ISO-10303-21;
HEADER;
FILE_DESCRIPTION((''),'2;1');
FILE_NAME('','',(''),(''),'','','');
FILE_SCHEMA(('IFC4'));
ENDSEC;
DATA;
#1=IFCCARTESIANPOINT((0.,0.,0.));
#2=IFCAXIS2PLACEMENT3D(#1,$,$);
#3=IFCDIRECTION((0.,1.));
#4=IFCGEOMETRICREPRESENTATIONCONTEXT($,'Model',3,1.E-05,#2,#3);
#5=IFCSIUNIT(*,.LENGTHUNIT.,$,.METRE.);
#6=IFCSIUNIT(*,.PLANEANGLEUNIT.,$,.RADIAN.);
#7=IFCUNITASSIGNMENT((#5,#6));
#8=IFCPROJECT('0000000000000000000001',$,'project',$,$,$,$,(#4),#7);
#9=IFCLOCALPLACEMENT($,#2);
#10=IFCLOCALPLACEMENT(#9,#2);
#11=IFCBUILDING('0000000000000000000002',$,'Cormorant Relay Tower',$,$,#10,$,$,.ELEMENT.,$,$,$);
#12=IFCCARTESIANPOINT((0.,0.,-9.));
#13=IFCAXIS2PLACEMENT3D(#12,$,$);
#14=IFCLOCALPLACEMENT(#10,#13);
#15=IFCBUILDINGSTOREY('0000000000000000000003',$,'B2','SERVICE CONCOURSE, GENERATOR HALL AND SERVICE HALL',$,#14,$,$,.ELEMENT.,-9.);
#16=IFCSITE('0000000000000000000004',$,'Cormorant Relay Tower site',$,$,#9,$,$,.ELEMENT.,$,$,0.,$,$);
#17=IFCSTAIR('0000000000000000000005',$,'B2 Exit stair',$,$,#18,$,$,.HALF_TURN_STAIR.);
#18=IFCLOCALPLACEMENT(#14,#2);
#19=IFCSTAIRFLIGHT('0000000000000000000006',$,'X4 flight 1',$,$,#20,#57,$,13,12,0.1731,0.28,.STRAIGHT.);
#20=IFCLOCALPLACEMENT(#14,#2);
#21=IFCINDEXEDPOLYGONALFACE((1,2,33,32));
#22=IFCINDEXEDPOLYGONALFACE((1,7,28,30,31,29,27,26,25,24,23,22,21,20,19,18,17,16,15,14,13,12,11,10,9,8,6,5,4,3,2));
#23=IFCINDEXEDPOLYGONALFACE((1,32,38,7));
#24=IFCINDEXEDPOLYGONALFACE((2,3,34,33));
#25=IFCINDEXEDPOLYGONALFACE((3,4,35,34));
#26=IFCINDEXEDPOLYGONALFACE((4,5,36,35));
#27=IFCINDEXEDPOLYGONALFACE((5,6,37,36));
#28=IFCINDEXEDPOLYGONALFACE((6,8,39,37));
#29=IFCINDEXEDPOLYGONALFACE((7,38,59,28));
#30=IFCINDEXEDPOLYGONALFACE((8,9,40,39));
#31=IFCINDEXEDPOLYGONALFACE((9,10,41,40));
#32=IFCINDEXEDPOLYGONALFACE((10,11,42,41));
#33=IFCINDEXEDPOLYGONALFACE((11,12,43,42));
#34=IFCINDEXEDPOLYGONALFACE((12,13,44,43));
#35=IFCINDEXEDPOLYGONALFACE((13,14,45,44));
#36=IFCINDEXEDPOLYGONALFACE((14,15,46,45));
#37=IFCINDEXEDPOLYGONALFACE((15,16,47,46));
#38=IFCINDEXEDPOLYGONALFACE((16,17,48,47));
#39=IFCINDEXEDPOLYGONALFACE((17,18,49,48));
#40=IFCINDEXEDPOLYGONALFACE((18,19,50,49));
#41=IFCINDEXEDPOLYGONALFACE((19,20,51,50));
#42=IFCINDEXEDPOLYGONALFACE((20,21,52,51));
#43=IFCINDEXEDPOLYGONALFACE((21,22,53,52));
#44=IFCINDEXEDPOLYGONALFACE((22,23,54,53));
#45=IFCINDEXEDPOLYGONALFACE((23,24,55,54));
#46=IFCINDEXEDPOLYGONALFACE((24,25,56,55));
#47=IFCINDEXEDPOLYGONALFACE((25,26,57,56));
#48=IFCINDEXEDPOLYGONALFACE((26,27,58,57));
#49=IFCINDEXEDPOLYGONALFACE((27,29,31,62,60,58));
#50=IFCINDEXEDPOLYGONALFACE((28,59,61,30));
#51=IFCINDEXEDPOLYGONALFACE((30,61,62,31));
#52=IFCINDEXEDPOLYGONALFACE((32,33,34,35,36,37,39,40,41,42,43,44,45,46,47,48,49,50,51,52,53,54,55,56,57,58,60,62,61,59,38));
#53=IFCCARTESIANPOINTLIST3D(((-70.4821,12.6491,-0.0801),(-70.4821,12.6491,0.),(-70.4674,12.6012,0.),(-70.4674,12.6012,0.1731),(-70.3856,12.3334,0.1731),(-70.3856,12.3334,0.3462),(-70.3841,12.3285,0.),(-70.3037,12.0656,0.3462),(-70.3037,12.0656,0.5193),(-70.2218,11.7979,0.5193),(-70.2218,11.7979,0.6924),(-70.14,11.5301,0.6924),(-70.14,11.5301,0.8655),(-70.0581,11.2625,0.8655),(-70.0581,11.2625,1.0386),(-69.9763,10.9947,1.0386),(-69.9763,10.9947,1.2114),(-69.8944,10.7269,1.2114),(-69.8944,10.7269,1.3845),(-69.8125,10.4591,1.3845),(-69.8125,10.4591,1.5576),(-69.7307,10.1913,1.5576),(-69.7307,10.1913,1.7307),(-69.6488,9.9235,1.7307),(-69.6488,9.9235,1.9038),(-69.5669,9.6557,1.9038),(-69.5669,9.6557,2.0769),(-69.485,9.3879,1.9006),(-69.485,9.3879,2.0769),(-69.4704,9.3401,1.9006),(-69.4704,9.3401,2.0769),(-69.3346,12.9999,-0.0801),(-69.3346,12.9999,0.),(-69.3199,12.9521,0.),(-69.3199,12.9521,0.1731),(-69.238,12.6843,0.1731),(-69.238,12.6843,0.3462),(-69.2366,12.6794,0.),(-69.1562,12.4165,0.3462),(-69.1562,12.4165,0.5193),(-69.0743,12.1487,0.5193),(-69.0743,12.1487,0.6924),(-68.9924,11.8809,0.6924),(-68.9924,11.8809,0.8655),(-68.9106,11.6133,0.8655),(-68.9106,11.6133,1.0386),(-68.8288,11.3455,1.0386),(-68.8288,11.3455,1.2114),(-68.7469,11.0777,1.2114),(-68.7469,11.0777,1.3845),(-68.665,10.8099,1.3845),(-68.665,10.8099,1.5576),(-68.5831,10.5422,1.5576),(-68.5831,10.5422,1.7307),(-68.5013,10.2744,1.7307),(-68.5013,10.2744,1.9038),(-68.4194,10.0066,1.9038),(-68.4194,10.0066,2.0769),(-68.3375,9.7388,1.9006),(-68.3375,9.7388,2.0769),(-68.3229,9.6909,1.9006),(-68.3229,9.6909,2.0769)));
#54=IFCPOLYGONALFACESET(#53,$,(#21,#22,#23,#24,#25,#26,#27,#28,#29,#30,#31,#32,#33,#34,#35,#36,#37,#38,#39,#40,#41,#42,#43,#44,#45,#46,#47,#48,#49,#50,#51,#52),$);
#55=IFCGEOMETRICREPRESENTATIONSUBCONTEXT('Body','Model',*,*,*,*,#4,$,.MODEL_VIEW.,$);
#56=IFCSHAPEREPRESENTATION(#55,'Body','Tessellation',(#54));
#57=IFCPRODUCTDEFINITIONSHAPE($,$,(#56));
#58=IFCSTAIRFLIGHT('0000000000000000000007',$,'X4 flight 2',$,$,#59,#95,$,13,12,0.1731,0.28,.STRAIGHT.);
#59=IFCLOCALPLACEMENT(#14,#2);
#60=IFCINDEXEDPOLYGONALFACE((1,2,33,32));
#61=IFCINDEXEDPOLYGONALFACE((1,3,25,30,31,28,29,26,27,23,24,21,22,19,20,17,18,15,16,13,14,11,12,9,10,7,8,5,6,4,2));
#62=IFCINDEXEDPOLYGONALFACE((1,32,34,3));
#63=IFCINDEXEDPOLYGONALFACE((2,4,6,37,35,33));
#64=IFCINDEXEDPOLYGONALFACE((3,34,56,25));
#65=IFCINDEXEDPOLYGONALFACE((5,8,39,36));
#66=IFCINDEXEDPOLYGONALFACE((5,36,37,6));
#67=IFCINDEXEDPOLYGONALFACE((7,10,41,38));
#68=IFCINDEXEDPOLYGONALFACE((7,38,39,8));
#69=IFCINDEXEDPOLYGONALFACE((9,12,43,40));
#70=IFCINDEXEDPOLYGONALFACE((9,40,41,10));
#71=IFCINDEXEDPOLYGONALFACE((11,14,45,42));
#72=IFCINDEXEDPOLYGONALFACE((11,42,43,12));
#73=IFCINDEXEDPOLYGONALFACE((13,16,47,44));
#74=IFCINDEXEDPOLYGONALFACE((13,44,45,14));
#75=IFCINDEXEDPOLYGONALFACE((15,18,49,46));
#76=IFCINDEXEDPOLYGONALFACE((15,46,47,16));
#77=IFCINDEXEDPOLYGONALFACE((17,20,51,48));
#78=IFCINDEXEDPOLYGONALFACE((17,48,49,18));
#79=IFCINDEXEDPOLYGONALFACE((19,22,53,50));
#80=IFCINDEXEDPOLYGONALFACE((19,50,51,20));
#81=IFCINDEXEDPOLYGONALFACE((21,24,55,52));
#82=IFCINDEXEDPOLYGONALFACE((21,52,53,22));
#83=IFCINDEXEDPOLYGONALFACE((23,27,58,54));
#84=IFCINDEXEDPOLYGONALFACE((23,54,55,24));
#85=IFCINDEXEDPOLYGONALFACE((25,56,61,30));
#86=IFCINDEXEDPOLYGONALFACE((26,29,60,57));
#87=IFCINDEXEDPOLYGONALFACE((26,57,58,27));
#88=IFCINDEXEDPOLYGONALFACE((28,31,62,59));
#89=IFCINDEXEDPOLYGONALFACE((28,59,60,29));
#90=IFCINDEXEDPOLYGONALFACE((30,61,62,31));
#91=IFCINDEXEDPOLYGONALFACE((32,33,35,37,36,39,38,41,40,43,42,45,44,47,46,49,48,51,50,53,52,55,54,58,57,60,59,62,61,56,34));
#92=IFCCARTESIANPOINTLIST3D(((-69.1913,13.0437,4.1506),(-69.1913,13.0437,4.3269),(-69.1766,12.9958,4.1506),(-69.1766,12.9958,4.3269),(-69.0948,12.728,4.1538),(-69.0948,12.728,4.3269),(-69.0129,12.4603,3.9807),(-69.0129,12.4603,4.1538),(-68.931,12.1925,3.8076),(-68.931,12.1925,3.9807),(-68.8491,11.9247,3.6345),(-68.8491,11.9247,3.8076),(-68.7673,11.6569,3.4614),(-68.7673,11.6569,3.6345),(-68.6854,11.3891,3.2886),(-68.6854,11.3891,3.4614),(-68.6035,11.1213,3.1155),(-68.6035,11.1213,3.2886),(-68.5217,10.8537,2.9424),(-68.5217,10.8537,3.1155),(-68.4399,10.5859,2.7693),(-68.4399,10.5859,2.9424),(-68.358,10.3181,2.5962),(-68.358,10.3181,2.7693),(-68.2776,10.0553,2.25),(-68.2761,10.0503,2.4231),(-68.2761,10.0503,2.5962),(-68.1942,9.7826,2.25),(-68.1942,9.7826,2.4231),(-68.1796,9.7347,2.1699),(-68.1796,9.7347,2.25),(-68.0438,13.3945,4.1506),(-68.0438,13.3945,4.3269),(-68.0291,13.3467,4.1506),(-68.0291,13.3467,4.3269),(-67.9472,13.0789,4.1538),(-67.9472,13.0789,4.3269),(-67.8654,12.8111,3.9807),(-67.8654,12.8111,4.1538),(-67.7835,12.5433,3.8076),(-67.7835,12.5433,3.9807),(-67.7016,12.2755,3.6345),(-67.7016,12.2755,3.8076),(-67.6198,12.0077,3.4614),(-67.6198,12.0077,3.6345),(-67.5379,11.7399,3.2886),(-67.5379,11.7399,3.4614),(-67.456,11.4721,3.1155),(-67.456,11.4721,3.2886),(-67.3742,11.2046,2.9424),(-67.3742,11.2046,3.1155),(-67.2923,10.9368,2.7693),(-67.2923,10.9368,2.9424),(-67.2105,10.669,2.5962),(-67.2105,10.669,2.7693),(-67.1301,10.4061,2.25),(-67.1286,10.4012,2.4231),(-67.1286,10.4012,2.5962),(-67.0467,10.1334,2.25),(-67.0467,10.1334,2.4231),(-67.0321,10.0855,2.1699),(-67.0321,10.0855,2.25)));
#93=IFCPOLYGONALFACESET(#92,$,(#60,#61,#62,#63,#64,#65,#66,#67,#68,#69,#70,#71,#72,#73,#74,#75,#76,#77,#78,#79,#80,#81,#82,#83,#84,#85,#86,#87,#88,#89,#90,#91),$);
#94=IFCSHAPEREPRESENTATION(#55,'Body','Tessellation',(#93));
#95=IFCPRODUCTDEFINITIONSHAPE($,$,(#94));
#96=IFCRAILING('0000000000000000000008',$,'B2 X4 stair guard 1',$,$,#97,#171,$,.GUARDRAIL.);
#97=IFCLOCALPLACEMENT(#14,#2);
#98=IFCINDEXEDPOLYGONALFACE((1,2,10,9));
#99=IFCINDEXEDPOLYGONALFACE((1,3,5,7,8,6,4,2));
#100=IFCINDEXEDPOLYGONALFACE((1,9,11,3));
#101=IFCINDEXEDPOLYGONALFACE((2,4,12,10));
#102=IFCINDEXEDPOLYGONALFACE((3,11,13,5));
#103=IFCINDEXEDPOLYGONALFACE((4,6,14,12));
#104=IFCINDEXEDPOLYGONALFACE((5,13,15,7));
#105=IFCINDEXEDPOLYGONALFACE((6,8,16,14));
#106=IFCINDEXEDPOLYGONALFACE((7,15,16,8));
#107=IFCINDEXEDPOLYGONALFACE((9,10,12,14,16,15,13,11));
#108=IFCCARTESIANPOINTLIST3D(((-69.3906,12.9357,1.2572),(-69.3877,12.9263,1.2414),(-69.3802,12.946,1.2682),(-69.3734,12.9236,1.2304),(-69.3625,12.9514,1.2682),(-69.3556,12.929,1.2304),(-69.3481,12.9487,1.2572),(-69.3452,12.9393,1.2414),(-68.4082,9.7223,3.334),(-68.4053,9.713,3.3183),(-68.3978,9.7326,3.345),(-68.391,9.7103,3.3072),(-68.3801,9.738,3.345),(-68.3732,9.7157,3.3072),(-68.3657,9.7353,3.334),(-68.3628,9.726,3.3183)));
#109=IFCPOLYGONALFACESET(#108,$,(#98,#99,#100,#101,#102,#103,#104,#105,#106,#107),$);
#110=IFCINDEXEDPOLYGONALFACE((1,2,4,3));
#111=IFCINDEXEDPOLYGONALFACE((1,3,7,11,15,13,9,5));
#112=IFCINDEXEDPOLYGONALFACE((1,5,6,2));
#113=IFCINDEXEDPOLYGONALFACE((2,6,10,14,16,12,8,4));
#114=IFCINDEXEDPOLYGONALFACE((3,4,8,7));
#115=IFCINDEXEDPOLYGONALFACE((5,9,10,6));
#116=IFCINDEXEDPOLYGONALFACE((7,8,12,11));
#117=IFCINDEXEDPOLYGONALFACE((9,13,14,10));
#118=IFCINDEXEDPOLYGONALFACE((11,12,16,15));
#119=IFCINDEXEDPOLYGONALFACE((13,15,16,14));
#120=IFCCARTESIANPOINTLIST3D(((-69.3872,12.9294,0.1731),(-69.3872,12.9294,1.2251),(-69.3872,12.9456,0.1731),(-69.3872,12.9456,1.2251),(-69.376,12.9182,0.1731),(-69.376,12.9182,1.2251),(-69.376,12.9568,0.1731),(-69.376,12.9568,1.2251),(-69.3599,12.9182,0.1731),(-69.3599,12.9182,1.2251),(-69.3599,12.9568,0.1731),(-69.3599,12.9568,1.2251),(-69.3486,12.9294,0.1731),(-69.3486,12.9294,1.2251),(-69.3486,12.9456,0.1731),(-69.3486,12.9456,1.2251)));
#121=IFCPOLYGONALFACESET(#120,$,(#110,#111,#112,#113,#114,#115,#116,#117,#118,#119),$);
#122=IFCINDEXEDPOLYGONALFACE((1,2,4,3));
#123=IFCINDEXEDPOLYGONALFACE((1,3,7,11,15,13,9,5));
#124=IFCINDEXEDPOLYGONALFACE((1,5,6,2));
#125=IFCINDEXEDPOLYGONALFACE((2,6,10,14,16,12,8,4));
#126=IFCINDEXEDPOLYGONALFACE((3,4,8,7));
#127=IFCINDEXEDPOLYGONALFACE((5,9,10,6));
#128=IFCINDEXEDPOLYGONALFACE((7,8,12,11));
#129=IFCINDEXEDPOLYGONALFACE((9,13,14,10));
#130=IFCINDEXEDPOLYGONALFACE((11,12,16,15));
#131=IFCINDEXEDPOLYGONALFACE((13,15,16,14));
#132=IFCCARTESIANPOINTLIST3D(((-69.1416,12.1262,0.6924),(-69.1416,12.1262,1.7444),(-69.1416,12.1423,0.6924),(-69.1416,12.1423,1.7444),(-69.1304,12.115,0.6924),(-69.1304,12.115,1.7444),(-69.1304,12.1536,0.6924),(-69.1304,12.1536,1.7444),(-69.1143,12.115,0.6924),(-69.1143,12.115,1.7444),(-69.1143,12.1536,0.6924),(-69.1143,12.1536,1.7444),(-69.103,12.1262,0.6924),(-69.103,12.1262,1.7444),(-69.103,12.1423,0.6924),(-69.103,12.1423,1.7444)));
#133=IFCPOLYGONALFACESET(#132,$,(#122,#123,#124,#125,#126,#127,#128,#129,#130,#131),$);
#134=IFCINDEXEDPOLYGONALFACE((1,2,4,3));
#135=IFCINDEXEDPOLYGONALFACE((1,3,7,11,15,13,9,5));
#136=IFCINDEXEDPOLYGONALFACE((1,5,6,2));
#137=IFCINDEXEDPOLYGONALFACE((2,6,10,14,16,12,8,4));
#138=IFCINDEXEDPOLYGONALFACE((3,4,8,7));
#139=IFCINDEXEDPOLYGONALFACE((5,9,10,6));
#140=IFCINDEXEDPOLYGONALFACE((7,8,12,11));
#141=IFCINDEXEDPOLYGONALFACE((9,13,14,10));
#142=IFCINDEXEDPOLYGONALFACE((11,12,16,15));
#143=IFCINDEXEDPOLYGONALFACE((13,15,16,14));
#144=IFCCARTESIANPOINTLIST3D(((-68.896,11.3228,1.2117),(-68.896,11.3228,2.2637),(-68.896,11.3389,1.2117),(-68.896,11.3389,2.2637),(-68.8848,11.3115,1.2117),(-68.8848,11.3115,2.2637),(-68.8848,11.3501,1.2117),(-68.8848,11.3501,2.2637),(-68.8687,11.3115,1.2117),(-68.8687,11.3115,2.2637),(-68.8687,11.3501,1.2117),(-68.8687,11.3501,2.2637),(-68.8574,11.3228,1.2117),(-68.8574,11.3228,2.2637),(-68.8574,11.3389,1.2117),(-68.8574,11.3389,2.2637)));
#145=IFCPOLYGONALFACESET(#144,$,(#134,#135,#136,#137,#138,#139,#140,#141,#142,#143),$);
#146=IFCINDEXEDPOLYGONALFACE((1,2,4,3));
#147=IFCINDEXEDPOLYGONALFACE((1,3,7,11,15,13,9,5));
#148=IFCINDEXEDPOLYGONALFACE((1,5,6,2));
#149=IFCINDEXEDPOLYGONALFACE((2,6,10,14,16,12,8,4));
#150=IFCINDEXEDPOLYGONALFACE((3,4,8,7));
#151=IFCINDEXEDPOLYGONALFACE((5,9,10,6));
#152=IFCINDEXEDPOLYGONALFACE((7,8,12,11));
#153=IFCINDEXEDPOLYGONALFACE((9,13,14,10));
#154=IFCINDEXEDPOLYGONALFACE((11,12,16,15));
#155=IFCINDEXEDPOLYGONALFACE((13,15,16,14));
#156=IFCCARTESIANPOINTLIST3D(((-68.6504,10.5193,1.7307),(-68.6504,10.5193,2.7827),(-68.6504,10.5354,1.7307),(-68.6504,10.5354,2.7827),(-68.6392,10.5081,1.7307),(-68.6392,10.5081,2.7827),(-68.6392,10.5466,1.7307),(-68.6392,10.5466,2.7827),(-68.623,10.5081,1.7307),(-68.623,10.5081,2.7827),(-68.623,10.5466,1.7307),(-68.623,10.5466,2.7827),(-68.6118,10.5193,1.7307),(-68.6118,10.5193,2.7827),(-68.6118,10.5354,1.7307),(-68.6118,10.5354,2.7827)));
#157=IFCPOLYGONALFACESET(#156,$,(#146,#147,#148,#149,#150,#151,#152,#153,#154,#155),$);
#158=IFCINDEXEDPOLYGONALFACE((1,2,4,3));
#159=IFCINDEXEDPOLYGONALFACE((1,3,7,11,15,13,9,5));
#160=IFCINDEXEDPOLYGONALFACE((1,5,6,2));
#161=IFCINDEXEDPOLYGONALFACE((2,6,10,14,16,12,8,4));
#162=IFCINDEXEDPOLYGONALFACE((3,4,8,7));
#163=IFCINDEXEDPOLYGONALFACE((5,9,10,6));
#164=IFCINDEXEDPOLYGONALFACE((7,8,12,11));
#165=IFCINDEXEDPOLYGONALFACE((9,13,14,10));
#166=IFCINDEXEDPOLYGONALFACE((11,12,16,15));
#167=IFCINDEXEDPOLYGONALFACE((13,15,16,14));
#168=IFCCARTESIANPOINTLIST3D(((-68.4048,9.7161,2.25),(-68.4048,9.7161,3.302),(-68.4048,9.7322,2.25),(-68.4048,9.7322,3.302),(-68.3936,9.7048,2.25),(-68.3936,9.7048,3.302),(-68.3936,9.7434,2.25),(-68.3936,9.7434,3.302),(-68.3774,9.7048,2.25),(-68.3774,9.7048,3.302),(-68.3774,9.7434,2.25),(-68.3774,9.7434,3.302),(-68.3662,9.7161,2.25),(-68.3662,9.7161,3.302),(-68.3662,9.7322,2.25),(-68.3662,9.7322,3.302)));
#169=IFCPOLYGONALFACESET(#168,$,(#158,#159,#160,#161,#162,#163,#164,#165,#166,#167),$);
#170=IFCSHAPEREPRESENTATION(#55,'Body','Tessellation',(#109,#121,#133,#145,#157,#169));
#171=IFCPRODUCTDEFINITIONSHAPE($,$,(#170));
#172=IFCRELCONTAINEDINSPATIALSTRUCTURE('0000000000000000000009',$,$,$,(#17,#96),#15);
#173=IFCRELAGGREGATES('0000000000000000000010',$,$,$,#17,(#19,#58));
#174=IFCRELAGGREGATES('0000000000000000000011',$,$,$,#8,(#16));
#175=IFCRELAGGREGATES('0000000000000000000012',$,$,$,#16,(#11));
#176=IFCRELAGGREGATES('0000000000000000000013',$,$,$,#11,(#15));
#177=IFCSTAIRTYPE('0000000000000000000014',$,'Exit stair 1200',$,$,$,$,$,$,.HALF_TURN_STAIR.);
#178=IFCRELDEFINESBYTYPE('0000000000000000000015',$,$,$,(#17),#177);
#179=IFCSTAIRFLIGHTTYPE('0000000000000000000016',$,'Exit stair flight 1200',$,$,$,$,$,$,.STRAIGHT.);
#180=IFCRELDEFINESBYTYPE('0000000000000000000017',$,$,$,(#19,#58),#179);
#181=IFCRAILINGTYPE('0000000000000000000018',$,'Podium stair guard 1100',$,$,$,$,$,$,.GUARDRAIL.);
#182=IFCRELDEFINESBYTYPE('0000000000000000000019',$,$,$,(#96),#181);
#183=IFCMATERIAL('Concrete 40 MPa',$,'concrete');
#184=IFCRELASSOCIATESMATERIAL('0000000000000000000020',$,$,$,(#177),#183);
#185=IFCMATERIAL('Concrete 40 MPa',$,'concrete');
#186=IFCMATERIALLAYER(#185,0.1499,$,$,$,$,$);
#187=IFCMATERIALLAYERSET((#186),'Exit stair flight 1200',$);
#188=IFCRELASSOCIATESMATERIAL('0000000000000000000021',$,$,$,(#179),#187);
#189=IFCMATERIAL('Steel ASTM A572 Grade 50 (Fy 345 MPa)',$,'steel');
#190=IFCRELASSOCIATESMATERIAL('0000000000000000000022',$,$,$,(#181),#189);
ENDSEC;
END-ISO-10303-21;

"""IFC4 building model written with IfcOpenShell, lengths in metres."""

from ifc_helpers import new_model, si_unit, direction, frame, origin, place, context, subcontext, project, spatial, polyline, outline, extrude, material, layer, layer_set, type_object, element, aggregate, save


model = new_model("IFC4")

# Units and contexts
model_context = context("Model", 3, precision=1e-05, world=origin(), true_north=direction((0.0, 1.0)))
body_context = subcontext(model_context, "Body", "Model", "MODEL_VIEW")
ifc_project = project(units=[si_unit("LENGTHUNIT", "METRE"), si_unit("PLANEANGLEUNIT", "RADIAN")], contexts=[model_context])

# Site, building, storey
site_placement = place(None, origin())
site = spatial("IfcSite", under=ifc_project, at=site_placement, Name="Cormorant Relay Tower site", CompositionType="ELEMENT", RefElevation=0.0)
building_placement = place(site_placement, origin())
building = spatial("IfcBuilding", under=site, at=building_placement, Name="Cormorant Relay Tower", CompositionType="ELEMENT")
storey_placement = place(building_placement, frame((0.0, 0.0, -9.0)))
storey = spatial("IfcBuildingStorey", under=building, at=storey_placement, Name="B2", Description="SERVICE CONCOURSE, GENERATOR HALL AND SERVICE HALL", CompositionType="ELEMENT", Elevation=-9.0)

# Stair, stair flights
ifc_material_1 = material(Name="Concrete 40 MPa", Category="concrete")
stair_type = type_object("IfcStairType", Name="Exit stair 1200", PredefinedType="HALF_TURN_STAIR", material=ifc_material_1)
stair_placement = place(storey_placement, origin())
stair = element("IfcStair", 1, at=stair_placement, inside=storey, type_object=stair_type, Name="B2 Exit stair", PredefinedType="HALF_TURN_STAIR")
ifc_material_2 = material(Name="Concrete 40 MPa", Category="concrete")
ifc_layer_1 = layer(ifc_material_2, 0.1499)
ifc_layer_set_1 = layer_set([ifc_layer_1], Name="Exit stair flight 1200")
stair_flight_type = type_object("IfcStairFlightType", Name="Exit stair flight 1200", PredefinedType="STRAIGHT", material=ifc_layer_set_1)
stair_flight_1_placement = place(storey_placement, frame((-69.8938, 12.7766, 0.0), z_axis=(0.0, 0.0, 1.0), x_axis=(0.292372, -0.956305, 0.0)))
stair_flight_1 = element("IfcStairFlight", 2, at=stair_flight_1_placement, type_object=stair_flight_type, Name="X4 flight 1", NumberOfRisers=13, NumberOfTreads=12, PredefinedType="STRAIGHT", RiserHeight=0.1731, TreadLength=0.28, context=body_context, shape_type="SweptSolid", body=[
    extrude(outline(polyline([(-0.05, -0.0801), (-0.05, 0.0), (0.0, 0.0), (0.0, 0.1731), (0.28, 0.1731), (0.28, 0.3462), (0.5601, 0.3462), (0.5601, 0.5193), (0.8401, 0.5193), (0.8401, 0.6924), (1.1201, 0.6924), (1.1201, 0.8655), (1.3999, 0.8655), (1.3999, 1.0386), (1.6799, 1.0386), (1.6799, 1.2114), (1.96, 1.2114), (1.96, 1.3845), (2.24, 1.3845), (2.24, 1.5576), (2.52, 1.5576), (2.52, 1.7307), (2.8, 1.7307), (2.8, 1.9038), (3.0801, 1.9038), (3.0801, 2.0769), (3.3601, 2.0769), (3.4102, 2.0769), (3.4102, 1.9006), (3.3601, 1.9006), (0.2852, 0.0), (-0.05, -0.0801)])), frame((0.0, 0.6001, 0.0), z_axis=(0.0, -1.0, 0.0), x_axis=(1.0, 0.0, 0.0)), (0.0, 0.0, 1.0), 1.2),
])
stair_flight_2_placement = place(storey_placement, frame((-67.6204, 9.958, 2.25), z_axis=(0.0, 0.0, 1.0), x_axis=(-0.292372, 0.956305, 0.0)))
stair_flight_2 = element("IfcStairFlight", 3, at=stair_flight_2_placement, type_object=stair_flight_type, Name="X4 flight 2", NumberOfRisers=13, NumberOfTreads=12, PredefinedType="STRAIGHT", RiserHeight=0.1731, TreadLength=0.28, context=body_context, shape_type="SweptSolid", body=[
    extrude(outline(polyline([(-0.05, -0.0801), (-0.05, 0.0), (0.0, 0.0), (0.0, 0.1731), (0.28, 0.1731), (0.28, 0.3462), (0.5601, 0.3462), (0.5601, 0.5193), (0.8401, 0.5193), (0.8401, 0.6924), (1.1201, 0.6924), (1.1201, 0.8655), (1.3999, 0.8655), (1.3999, 1.0386), (1.6799, 1.0386), (1.6799, 1.2114), (1.96, 1.2114), (1.96, 1.3845), (2.24, 1.3845), (2.24, 1.5576), (2.52, 1.5576), (2.52, 1.7307), (2.8, 1.7307), (2.8, 1.9038), (3.0801, 1.9038), (3.0801, 2.0769), (3.3601, 2.0769), (3.4102, 2.0769), (3.4102, 1.9006), (3.3601, 1.9006), (0.2852, 0.0), (-0.05, -0.0801)])), frame((0.0, 0.6001, 0.0), z_axis=(0.0, -1.0, 0.0), x_axis=(1.0, 0.0, 0.0)), (0.0, 0.0, 1.0), 1.2),
])
aggregate(stair, [stair_flight_1, stair_flight_2])

# Railing
ifc_material_3 = material(Name="Steel ASTM A572 Grade 50 (Fy 345 MPa)", Category="steel")
railing_type_1 = type_object("IfcRailingType", Name="Podium stair guard 1100", PredefinedType="GUARDRAIL", material=ifc_material_3)
railing_1_placement = place(storey_placement, frame((-69.3679, 12.9375, 0.1731)))
element("IfcRailing", 4, at=railing_1_placement, inside=storey, type_object=railing_type_1, Name="B2 X4 stair guard 1", PredefinedType="GUARDRAIL", context=body_context, shape_type="SweptSolid", body=[
    extrude(outline(polyline([(0.0222, 0.0093), (0.0093, 0.0222), (-0.0093, 0.0222), (-0.0222, 0.0093), (-0.0222, -0.0093), (-0.0093, -0.0222), (0.0093, -0.0222), (0.0222, -0.0093), (0.0222, 0.0093)])), frame((0.0, 0.0, 1.0762), z_axis=(0.248699, -0.813462, 0.525765), x_axis=(0.956305, 0.29237, 0.0)), (0.0, 0.0, 1.0), 3.9502),
    extrude(outline(polyline([(0.0193, 0.0081), (0.0081, 0.0193), (-0.0081, 0.0193), (-0.0193, 0.0081), (-0.0193, -0.0081), (-0.0081, -0.0193), (0.0081, -0.0193), (0.0193, -0.0081), (0.0193, 0.0081)])), origin(), (0.0, 0.0, 1.0), 1.052),
    extrude(outline(polyline([(0.0193, 0.0081), (0.0081, 0.0193), (-0.0081, 0.0193), (-0.0193, 0.0081), (-0.0193, -0.0081), (-0.0081, -0.0193), (0.0081, -0.0193), (0.0193, -0.0081), (0.0193, 0.0081)])), frame((0.2456, -0.8032, 0.5193)), (0.0, 0.0, 1.0), 1.052),
    extrude(outline(polyline([(0.0193, 0.0081), (0.0081, 0.0193), (-0.0081, 0.0193), (-0.0193, 0.0081), (-0.0193, -0.0081), (-0.0081, -0.0193), (0.0081, -0.0193), (0.0193, -0.0081), (0.0193, 0.0081)])), frame((0.4912, -1.6067, 1.0386)), (0.0, 0.0, 1.0), 1.052),
    extrude(outline(polyline([(0.0193, 0.0081), (0.0081, 0.0193), (-0.0081, 0.0193), (-0.0193, 0.0081), (-0.0193, -0.0081), (-0.0081, -0.0193), (0.0081, -0.0193), (0.0193, -0.0081), (0.0193, 0.0081)])), frame((0.7368, -2.4102, 1.5576)), (0.0, 0.0, 1.0), 1.052),
    extrude(outline(polyline([(0.0193, 0.0081), (0.0081, 0.0193), (-0.0081, 0.0193), (-0.0193, 0.0081), (-0.0193, -0.0081), (-0.0081, -0.0193), (0.0081, -0.0193), (0.0193, -0.0081), (0.0193, 0.0081)])), frame((0.9824, -3.2134, 2.0769)), (0.0, 0.0, 1.0), 1.052),
])

save(model, "model.ifc")
